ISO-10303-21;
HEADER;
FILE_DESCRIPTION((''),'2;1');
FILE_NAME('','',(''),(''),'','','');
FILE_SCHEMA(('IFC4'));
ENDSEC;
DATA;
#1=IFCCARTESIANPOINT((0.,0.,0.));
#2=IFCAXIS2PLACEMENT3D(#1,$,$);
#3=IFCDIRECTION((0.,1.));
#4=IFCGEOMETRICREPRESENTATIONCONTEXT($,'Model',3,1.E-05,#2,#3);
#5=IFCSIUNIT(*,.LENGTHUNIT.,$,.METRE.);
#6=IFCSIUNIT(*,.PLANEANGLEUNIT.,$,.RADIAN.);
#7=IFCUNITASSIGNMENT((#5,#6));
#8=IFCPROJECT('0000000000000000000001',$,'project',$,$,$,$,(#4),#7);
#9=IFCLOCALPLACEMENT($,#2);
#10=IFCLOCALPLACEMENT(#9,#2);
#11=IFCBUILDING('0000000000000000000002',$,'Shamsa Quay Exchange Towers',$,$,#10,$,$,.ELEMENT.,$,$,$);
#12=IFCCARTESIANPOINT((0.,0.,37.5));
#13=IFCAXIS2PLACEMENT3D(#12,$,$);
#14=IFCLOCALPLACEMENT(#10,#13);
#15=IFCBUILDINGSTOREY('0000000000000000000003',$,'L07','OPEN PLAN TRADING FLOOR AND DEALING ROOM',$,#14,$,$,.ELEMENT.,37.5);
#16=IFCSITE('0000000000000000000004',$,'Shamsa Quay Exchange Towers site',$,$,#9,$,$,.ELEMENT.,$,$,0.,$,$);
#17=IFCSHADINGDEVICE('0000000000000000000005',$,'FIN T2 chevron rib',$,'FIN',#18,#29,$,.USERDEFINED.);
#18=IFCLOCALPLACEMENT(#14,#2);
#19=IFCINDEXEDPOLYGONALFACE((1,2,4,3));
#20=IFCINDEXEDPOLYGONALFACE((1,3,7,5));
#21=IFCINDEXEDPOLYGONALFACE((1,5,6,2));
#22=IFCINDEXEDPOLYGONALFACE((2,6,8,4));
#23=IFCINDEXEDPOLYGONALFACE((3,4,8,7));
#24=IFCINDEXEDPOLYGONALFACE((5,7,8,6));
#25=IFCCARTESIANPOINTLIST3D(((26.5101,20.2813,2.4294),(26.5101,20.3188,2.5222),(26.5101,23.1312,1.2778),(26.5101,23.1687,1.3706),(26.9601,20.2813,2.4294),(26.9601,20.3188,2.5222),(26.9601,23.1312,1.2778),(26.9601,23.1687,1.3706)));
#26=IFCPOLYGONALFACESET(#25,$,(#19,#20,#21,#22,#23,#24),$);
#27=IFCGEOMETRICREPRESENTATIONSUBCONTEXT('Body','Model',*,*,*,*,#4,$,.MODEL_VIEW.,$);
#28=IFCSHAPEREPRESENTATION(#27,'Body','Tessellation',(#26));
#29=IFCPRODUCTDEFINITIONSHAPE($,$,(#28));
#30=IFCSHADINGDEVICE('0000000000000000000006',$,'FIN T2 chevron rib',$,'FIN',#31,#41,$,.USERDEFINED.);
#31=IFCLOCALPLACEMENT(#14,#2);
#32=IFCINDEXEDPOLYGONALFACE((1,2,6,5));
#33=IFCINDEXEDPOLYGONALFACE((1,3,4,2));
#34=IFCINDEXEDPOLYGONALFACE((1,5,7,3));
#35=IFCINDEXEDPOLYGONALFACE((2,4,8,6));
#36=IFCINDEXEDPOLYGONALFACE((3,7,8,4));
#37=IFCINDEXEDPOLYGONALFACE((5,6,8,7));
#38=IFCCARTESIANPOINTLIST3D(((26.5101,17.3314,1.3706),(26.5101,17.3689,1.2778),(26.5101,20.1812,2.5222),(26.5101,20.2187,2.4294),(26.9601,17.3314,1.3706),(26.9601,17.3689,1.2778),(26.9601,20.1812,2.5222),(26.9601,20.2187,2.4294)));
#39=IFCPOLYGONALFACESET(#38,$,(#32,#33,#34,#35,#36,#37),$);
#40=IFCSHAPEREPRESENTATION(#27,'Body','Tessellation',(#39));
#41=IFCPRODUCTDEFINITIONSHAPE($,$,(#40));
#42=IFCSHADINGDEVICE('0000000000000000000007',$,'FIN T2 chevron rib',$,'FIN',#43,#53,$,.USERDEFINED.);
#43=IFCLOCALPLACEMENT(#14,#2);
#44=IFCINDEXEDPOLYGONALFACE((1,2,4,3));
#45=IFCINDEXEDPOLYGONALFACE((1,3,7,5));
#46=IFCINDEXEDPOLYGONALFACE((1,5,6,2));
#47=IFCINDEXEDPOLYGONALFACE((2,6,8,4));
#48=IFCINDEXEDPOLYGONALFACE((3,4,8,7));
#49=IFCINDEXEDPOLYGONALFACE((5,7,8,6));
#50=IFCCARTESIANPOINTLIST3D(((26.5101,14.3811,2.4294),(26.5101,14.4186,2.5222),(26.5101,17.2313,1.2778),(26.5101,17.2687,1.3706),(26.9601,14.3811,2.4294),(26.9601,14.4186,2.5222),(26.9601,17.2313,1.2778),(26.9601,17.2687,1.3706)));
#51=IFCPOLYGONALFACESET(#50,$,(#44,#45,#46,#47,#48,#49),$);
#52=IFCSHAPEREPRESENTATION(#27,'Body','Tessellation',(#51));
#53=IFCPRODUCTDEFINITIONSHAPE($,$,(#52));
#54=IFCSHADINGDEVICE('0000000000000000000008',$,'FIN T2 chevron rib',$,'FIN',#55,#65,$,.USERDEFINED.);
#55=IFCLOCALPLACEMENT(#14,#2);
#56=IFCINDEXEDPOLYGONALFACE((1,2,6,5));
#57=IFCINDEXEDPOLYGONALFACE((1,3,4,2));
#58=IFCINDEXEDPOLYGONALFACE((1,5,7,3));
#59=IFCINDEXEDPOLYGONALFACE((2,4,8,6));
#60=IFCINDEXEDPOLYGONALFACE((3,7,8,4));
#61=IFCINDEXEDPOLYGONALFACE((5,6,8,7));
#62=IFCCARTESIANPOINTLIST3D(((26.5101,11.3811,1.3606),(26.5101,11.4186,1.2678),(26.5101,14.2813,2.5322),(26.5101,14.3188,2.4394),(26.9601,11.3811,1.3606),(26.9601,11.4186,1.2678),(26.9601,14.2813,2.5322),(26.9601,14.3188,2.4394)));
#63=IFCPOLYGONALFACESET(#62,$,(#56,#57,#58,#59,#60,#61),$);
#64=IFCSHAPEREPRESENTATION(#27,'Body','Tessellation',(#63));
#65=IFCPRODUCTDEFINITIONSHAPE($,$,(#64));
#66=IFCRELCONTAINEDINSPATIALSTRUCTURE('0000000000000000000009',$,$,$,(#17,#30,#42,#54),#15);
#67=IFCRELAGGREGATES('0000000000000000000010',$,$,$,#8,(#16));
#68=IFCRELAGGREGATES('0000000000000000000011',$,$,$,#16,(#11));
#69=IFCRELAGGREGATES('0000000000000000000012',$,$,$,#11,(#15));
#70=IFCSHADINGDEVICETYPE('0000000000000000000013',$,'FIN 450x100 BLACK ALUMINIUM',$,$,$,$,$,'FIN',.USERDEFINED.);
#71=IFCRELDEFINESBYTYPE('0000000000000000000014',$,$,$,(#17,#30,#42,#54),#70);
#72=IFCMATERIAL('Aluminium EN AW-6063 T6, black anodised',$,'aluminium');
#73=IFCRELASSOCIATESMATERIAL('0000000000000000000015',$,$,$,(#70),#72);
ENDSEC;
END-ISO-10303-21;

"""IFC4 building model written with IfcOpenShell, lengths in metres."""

from ifc_helpers import new_model, si_unit, direction, frame, origin, origin_2d, place, context, subcontext, project, spatial, rectangle, extrude, material, material_profile, profile_set, type_object, element, save


model = new_model("IFC4")

# Units and contexts
model_context = context("Model", 3, precision=1e-05, world=origin(), true_north=direction((0.0, 1.0)))
body_context = subcontext(model_context, "Body", "Model", "MODEL_VIEW")
ifc_project = project(units=[si_unit("LENGTHUNIT", "METRE"), si_unit("PLANEANGLEUNIT", "RADIAN")], contexts=[model_context])

# Site, building, storey
site_placement = place(None, origin())
site = spatial("IfcSite", under=ifc_project, at=site_placement, Name="Shamsa Quay Exchange Towers site", CompositionType="ELEMENT", RefElevation=0.0)
building_placement = place(site_placement, origin())
building = spatial("IfcBuilding", under=site, at=building_placement, Name="Shamsa Quay Exchange Towers", CompositionType="ELEMENT")
storey_placement = place(building_placement, frame((0.0, 0.0, 37.5)))
storey = spatial("IfcBuildingStorey", under=building, at=storey_placement, Name="L07", Description="OPEN PLAN TRADING FLOOR AND DEALING ROOM", CompositionType="ELEMENT", Elevation=37.5)

# Shared definitions
ifc_material_1 = material(Name="Aluminium EN AW-6063 T6, black anodised", Category="aluminium")

# Shading devices
ifc_material_profile_1 = material_profile(ifc_material_1, rectangle(XDim=0.45, YDim=0.1001, at=origin_2d()), Name="FIN450x100")
ifc_profile_set_1 = profile_set([ifc_material_profile_1], Name="Aluminium EN AW-6063 T6, black anodised")
shading_device_type = type_object("IfcShadingDeviceType", Name="FIN 450x100 BLACK ALUMINIUM", ElementType="FIN", PredefinedType="USERDEFINED", material=ifc_profile_set_1)
for number, where, z_axis, x_axis, name in (
    (1, (26.7351, 23.1499, 1.3242), (0.0, -0.927162, 0.374661), (1.0, 0.0, 0.0), "FIN T2 chevron rib"),
    (2, (26.7351, 20.2, 2.4758), (0.0, -0.927162, -0.374661), (1.0, 0.0, 0.0), "FIN T2 chevron rib"),
):
    element("IfcShadingDevice", number, at=place(storey_placement, frame(where, z_axis=z_axis, x_axis=x_axis)), inside=storey, type_object=shading_device_type, Name=name, ObjectType="FIN", PredefinedType="USERDEFINED", context=body_context, shape_type="SweptSolid", body=[
        extrude(rectangle(XDim=0.45, YDim=0.1001, at=origin_2d()), origin(), (0.0, 0.0, 1.0), 3.0737),
    ])
shading_device_1_placement = place(storey_placement, frame((26.7351, 17.25, 1.3242), z_axis=(0.0, -0.927173, 0.374634), x_axis=(1.0, 0.0, 0.0)))
element("IfcShadingDevice", 3, at=shading_device_1_placement, inside=storey, type_object=shading_device_type, Name="FIN T2 chevron rib", ObjectType="FIN", PredefinedType="USERDEFINED", context=body_context, shape_type="SweptSolid", body=[
    extrude(rectangle(XDim=0.45, YDim=0.1001, at=origin_2d()), origin(), (0.0, 0.0, 1.0), 3.074),
])
shading_device_2_placement = place(storey_placement, frame((26.7351, 14.3, 2.4858), z_axis=(0.0, -0.927195, -0.374578), x_axis=(1.0, 0.0, 0.0)))
element("IfcShadingDevice", 4, at=shading_device_2_placement, inside=storey, type_object=shading_device_type, Name="FIN T2 chevron rib", ObjectType="FIN", PredefinedType="USERDEFINED", context=body_context, shape_type="SweptSolid", body=[
    extrude(rectangle(XDim=0.45, YDim=0.1001, at=origin_2d()), origin(), (0.0, 0.0, 1.0), 3.1279),
])

save(model, "model.ifc")
